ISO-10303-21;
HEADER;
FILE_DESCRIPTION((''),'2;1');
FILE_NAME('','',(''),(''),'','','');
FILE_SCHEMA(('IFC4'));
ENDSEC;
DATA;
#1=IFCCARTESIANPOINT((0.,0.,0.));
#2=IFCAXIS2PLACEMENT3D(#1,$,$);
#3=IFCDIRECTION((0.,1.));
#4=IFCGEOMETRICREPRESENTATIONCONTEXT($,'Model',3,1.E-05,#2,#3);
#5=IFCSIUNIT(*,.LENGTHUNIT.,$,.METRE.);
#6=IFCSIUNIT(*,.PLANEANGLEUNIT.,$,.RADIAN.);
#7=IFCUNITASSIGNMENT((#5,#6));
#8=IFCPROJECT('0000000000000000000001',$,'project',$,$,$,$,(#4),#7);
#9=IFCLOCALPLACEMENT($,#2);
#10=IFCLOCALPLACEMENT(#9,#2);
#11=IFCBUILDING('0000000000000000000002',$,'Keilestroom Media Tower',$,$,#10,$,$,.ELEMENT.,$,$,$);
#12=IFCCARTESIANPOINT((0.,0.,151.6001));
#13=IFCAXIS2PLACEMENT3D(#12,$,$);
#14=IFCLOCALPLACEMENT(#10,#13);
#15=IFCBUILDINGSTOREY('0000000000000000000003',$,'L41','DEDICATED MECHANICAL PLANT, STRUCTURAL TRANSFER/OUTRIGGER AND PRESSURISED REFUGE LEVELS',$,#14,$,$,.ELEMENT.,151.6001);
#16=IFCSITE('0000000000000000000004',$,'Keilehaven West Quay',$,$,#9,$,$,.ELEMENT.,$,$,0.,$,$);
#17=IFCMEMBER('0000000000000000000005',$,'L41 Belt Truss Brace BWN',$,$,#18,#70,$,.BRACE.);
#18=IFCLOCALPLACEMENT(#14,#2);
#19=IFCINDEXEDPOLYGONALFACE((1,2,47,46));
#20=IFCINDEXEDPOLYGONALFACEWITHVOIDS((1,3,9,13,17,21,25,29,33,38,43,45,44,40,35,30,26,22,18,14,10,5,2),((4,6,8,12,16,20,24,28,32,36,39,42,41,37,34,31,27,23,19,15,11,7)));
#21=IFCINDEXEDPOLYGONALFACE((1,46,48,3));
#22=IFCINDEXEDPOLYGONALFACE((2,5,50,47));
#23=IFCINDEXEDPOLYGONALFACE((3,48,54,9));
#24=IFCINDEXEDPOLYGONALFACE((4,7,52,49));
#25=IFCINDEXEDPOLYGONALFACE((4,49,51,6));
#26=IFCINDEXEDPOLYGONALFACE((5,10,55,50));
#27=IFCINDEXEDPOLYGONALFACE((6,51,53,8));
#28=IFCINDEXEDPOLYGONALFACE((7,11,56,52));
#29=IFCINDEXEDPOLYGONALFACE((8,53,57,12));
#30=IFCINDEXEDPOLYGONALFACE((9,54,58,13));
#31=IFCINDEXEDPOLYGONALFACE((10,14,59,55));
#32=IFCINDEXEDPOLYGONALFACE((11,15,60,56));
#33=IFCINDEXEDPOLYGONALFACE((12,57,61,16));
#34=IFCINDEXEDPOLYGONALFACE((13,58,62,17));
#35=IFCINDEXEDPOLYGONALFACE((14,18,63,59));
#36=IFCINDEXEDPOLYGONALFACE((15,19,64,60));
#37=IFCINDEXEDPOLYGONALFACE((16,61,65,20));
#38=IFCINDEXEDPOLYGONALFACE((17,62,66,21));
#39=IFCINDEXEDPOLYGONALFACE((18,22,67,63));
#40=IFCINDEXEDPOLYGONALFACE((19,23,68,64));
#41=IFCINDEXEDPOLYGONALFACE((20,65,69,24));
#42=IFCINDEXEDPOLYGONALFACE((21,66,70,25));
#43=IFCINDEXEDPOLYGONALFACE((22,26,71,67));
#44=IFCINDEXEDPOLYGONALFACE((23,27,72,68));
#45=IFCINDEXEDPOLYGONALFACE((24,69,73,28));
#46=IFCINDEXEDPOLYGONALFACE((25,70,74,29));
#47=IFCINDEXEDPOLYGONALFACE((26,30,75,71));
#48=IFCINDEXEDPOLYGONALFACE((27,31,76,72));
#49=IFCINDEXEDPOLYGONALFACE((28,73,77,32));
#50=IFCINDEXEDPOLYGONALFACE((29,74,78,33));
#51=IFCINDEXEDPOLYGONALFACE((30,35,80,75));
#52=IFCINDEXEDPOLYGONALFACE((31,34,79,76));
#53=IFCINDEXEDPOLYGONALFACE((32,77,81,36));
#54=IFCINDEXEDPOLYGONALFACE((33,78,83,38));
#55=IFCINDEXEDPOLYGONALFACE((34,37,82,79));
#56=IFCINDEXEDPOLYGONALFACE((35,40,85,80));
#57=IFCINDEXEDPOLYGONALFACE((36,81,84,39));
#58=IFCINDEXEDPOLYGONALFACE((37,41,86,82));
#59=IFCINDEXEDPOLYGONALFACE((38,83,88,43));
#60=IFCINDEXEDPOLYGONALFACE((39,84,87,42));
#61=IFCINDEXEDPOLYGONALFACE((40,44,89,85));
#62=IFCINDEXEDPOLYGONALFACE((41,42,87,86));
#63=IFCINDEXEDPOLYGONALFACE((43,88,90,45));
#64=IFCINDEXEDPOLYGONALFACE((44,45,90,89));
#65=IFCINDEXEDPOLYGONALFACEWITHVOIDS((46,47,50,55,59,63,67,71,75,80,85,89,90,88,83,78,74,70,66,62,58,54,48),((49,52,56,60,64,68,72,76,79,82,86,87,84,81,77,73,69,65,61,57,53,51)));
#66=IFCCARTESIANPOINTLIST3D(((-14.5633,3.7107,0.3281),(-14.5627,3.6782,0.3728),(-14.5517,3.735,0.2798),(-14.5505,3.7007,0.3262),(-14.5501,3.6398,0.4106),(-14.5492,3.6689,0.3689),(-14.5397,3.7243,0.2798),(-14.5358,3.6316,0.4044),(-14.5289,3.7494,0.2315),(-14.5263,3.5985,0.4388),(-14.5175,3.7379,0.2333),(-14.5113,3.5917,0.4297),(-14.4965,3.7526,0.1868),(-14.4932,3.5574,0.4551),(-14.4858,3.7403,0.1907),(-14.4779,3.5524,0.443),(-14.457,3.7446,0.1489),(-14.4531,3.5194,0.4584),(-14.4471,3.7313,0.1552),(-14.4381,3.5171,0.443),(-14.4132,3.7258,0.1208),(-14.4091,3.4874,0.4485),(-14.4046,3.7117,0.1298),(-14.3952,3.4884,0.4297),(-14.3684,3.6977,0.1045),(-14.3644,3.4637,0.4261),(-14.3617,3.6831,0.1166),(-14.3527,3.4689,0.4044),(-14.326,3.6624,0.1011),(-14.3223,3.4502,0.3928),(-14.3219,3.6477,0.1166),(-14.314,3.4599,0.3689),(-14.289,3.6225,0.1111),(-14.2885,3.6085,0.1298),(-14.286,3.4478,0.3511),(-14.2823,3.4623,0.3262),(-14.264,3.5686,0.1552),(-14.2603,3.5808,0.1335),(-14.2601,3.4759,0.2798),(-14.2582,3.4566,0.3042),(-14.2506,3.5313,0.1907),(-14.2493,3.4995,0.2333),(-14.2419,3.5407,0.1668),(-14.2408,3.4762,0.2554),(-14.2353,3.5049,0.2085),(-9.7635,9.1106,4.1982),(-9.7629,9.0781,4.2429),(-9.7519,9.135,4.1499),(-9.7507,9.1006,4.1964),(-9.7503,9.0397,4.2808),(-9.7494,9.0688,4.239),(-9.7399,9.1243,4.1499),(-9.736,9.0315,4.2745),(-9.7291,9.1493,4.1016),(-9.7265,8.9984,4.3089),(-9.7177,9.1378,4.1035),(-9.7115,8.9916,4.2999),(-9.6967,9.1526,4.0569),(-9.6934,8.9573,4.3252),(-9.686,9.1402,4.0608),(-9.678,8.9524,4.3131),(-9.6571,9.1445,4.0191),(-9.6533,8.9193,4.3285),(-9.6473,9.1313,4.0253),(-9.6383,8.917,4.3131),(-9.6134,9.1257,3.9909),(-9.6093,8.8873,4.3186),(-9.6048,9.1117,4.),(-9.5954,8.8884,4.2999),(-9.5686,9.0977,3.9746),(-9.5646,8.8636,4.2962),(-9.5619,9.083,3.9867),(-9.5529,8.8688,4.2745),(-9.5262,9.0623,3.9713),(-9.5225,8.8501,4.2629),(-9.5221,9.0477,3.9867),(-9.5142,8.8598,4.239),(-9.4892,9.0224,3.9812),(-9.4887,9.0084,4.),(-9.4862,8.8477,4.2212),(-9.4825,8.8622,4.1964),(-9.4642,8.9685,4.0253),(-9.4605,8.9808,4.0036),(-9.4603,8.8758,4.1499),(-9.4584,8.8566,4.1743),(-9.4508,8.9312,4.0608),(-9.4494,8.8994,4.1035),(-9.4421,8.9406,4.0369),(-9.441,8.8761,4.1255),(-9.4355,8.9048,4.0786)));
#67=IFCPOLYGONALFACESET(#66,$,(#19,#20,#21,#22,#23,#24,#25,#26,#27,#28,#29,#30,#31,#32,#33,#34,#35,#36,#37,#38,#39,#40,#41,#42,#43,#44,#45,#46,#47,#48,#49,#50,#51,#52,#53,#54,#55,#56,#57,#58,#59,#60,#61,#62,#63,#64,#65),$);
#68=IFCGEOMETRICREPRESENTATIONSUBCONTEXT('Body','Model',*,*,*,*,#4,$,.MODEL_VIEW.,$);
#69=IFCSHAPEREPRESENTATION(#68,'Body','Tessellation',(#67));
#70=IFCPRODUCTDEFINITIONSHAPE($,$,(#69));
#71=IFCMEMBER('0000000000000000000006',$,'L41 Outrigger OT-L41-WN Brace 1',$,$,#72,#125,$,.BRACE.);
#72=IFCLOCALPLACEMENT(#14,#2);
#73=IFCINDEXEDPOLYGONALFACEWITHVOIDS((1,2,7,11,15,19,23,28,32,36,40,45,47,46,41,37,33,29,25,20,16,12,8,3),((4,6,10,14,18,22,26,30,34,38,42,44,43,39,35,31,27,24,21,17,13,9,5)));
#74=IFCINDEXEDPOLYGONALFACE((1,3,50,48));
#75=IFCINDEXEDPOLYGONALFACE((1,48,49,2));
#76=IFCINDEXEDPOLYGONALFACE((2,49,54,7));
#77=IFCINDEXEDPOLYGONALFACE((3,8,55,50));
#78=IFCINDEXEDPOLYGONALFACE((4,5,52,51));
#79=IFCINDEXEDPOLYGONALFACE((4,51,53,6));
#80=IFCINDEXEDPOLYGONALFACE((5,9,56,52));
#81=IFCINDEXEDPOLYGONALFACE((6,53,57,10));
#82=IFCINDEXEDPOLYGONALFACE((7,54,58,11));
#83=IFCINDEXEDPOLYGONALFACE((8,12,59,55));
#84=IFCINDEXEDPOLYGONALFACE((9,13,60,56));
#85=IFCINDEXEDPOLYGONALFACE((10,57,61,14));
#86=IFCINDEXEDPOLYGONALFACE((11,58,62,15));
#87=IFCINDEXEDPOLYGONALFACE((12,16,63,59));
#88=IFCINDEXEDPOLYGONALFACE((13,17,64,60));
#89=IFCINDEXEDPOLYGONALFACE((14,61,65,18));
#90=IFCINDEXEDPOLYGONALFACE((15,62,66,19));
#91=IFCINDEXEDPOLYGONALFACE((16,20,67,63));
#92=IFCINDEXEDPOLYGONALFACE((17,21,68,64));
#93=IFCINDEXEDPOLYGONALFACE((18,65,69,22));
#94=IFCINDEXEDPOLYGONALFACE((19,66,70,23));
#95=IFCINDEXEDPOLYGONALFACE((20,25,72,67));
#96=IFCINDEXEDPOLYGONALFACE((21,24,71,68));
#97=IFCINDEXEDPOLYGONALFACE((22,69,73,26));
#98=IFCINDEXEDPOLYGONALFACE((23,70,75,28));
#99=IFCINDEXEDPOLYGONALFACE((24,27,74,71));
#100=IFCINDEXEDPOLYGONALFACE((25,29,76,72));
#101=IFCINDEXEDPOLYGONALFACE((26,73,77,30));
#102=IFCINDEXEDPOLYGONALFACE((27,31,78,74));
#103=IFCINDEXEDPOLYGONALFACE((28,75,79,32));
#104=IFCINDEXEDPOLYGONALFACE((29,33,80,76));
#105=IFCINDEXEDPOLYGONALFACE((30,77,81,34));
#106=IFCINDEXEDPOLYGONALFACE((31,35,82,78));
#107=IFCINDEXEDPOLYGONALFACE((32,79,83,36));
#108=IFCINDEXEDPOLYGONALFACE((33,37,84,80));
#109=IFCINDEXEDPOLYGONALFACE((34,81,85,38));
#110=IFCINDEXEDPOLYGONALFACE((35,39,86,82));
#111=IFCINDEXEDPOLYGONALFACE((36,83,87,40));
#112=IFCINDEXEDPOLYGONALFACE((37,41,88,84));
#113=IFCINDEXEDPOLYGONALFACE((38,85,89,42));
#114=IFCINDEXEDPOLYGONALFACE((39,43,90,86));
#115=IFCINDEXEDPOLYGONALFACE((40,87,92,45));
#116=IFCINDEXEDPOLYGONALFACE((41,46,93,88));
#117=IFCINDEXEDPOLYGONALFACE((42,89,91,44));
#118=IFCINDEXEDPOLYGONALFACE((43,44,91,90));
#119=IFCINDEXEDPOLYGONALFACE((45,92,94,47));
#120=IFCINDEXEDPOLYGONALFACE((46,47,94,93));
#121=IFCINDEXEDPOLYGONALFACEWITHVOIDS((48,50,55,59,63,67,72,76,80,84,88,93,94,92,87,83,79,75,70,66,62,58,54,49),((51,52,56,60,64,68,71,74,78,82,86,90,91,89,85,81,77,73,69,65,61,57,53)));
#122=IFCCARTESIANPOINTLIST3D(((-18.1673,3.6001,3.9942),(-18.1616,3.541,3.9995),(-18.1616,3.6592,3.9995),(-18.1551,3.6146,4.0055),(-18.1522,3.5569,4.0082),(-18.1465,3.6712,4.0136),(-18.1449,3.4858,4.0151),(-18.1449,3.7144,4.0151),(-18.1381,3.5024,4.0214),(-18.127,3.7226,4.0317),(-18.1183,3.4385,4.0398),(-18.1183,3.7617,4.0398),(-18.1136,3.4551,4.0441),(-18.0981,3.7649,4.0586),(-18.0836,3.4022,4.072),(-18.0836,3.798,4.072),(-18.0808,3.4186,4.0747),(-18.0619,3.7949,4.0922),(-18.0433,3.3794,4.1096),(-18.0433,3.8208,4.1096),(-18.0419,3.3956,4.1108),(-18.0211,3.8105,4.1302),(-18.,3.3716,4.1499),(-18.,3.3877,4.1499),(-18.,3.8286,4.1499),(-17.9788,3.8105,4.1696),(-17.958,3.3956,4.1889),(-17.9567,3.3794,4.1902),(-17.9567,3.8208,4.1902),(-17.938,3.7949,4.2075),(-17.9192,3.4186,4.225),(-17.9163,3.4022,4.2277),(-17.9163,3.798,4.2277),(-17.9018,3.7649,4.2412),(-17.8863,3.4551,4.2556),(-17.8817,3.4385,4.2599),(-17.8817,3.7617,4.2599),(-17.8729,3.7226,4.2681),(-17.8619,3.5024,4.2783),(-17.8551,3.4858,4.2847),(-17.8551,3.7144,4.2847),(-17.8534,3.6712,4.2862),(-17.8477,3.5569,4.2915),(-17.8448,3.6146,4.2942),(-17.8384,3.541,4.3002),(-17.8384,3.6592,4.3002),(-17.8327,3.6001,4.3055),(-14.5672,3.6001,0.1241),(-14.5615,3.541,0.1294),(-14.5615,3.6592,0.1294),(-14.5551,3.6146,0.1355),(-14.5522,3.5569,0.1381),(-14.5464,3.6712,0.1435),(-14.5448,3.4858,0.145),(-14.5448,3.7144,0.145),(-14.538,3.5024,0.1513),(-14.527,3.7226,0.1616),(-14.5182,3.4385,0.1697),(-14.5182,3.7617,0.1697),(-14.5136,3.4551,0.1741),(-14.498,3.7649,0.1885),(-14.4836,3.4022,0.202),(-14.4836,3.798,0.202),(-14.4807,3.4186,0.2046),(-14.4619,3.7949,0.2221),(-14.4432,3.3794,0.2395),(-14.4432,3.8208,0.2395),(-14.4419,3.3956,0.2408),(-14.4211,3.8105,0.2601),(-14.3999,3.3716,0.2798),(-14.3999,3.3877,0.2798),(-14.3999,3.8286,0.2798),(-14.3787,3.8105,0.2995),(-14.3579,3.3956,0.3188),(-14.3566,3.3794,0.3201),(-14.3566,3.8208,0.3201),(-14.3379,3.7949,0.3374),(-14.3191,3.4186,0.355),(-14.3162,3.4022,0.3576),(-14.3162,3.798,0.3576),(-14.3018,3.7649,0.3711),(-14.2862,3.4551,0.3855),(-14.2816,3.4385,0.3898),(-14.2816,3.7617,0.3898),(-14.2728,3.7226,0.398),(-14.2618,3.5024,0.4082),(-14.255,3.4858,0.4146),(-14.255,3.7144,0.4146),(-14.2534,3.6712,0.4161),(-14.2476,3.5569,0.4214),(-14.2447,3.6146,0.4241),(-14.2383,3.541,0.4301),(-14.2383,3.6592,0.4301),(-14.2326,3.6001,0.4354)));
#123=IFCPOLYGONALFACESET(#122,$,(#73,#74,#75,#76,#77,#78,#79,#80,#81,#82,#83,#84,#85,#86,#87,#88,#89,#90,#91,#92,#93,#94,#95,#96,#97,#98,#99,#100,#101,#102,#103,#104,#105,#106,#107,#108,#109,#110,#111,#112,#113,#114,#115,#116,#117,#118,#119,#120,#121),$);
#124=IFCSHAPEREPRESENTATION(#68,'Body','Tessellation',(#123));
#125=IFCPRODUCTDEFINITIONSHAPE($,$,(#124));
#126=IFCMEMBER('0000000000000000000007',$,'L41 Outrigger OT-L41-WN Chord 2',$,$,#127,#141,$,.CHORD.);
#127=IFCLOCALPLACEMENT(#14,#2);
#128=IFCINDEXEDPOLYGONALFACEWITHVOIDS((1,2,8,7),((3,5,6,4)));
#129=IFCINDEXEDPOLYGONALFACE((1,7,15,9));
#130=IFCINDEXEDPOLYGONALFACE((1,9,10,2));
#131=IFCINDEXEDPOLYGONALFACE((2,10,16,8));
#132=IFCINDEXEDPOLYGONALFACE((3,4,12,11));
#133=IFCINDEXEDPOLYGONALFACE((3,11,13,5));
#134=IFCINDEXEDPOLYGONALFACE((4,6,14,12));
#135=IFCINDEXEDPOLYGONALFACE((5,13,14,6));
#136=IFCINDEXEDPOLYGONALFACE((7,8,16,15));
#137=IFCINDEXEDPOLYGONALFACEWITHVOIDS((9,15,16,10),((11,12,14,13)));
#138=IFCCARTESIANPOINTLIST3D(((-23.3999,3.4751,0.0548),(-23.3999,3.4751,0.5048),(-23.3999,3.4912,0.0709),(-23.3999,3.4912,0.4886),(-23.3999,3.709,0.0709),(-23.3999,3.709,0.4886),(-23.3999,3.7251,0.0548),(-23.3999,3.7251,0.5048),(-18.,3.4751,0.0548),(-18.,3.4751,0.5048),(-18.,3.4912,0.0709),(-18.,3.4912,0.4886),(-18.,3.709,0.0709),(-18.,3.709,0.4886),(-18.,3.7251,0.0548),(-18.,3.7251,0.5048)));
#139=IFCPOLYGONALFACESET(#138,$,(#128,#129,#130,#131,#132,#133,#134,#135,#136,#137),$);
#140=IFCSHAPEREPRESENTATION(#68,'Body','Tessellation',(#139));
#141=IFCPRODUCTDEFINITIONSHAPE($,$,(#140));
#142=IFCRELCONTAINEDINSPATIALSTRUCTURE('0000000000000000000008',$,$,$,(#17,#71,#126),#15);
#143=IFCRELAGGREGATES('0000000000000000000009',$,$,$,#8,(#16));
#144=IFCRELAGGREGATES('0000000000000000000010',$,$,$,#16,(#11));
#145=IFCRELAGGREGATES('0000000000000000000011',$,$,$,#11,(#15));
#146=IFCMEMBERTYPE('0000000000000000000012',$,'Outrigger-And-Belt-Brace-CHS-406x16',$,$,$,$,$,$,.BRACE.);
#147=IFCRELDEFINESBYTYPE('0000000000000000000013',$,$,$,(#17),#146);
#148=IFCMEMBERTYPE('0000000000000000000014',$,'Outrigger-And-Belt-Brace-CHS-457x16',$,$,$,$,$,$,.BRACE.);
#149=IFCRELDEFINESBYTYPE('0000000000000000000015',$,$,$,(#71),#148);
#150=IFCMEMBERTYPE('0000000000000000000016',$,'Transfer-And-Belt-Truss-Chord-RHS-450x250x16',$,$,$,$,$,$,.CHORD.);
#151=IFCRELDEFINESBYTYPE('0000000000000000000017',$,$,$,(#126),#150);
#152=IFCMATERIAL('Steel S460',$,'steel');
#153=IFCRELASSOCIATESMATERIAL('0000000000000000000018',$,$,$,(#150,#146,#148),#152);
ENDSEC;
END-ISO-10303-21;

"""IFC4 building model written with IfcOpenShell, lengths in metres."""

from ifc_helpers import new_model, si_unit, direction, frame, origin, origin_2d, place, context, subcontext, project, spatial, hollow_rectangle, hollow_circle, extrude, source, transform, mapped, material, material_profile, profile_set, type_object, element, save


model = new_model("IFC4")

# Units and contexts
model_context = context("Model", 3, precision=1e-05, world=origin(), true_north=direction((0.0, 1.0)))
body_context = subcontext(model_context, "Body", "Model", "MODEL_VIEW")
ifc_project = project(units=[si_unit("LENGTHUNIT", "METRE"), si_unit("PLANEANGLEUNIT", "RADIAN")], contexts=[model_context])

# Site, building, storey
site_placement = place(None, origin())
site = spatial("IfcSite", under=ifc_project, at=site_placement, Name="Keilehaven West Quay", CompositionType="ELEMENT", RefElevation=0.0)
building_placement = place(site_placement, origin())
building = spatial("IfcBuilding", under=site, at=building_placement, Name="Keilestroom Media Tower", CompositionType="ELEMENT")
storey_placement = place(building_placement, frame((0.0, 0.0, 151.6001)))
storey = spatial("IfcBuildingStorey", under=building, at=storey_placement, Name="L41", Description="DEDICATED MECHANICAL PLANT, STRUCTURAL TRANSFER/OUTRIGGER AND PRESSURISED REFUGE LEVELS", CompositionType="ELEMENT", Elevation=151.6001)

# Members
ifc_material_1 = material(Name="Steel S460", Category="steel")
ifc_material_profile_1 = material_profile(ifc_material_1, hollow_rectangle(XDim=0.25, YDim=0.45, WallThickness=0.0161, at=origin_2d()), Name="RHS 450x250x16")
ifc_profile_set_1 = profile_set([ifc_material_profile_1], Name="Steel S460")
member_type_1 = type_object("IfcMemberType", Name="Transfer-And-Belt-Truss-Chord-RHS-450x250x16", PredefinedType="CHORD", material=ifc_profile_set_1)
ifc_material_profile_2 = material_profile(ifc_material_1, hollow_circle(Radius=0.2031, WallThickness=0.0161, at=origin_2d()), Name="CHS 406.4x16")
ifc_profile_set_2 = profile_set([ifc_material_profile_2], Name="Steel S460")
member_type_2 = type_object("IfcMemberType", Name="Outrigger-And-Belt-Brace-CHS-406x16", PredefinedType="BRACE", material=ifc_profile_set_2)
shared_shape_1 = source(origin(), body_context, "Body", "SweptSolid", [
    extrude(hollow_circle(Radius=0.2031, WallThickness=0.0161, at=origin_2d()), origin(), (0.0, 0.0, 1.0), 8.196),
])
member_1_placement = place(storey_placement, frame((-14.3999, 3.6001, 0.2798), z_axis=(0.585626, 0.658844, 0.472194), x_axis=(-0.747417, 0.664355, 0.0)))
element("IfcMember", 1, at=member_1_placement, inside=storey, type_object=member_type_2, Name="L41 Belt Truss Brace BWN", PredefinedType="BRACE", context=body_context, shape_type="MappedRepresentation", body=[
    mapped(shared_shape_1, transform((0.0, 0.0, 0.0), x_axis=(1.0, 0.0, 0.0), y_axis=(0.0, 1.0, 0.0), z_axis=(0.0, 0.0, 1.0), scale=1.0)),
])
ifc_material_profile_3 = material_profile(ifc_material_1, hollow_circle(Radius=0.2285, WallThickness=0.0161, at=origin_2d()), Name="CHS 457x16")
ifc_profile_set_3 = profile_set([ifc_material_profile_3], Name="Steel S460")
member_type_3 = type_object("IfcMemberType", Name="Outrigger-And-Belt-Brace-CHS-457x16", PredefinedType="BRACE", material=ifc_profile_set_3)
shared_shape_2 = source(origin(), body_context, "Body", "SweptSolid", [
    extrude(hollow_circle(Radius=0.2285, WallThickness=0.0161, at=origin_2d()), origin(), (0.0, 0.0, 1.0), 5.2856),
])
member_2_placement = place(storey_placement, frame((-14.3999, 3.6001, 0.2798), z_axis=(-0.681103, 0.0, 0.732188), x_axis=(0.0, -1.0, 0.0)))
element("IfcMember", 2, at=member_2_placement, inside=storey, type_object=member_type_3, Name="L41 Outrigger OT-L41-WN Brace 1", PredefinedType="BRACE", context=body_context, shape_type="MappedRepresentation", body=[
    mapped(shared_shape_2, transform((0.0, 0.0, 0.0), x_axis=(1.0, 0.0, 0.0), y_axis=(0.0, 1.0, 0.0), z_axis=(0.0, 0.0, 1.0), scale=1.0)),
])
shared_shape_3 = source(origin(), body_context, "Body", "SweptSolid", [
    extrude(hollow_rectangle(XDim=0.25, YDim=0.45, WallThickness=0.0161, at=origin_2d()), origin(), (0.0, 0.0, 1.0), 5.3999),
])
member_3_placement = place(storey_placement, frame((-18.0, 3.6001, 0.2798), z_axis=(-1.0, 0.0, 0.0), x_axis=(0.0, -1.0, 0.0)))
element("IfcMember", 3, at=member_3_placement, inside=storey, type_object=member_type_1, Name="L41 Outrigger OT-L41-WN Chord 2", PredefinedType="CHORD", context=body_context, shape_type="MappedRepresentation", body=[
    mapped(shared_shape_3, transform((0.0, 0.0, 0.0), x_axis=(1.0, 0.0, 0.0), y_axis=(0.0, 1.0, 0.0), z_axis=(0.0, 0.0, 1.0), scale=1.0)),
])

save(model, "model.ifc")
